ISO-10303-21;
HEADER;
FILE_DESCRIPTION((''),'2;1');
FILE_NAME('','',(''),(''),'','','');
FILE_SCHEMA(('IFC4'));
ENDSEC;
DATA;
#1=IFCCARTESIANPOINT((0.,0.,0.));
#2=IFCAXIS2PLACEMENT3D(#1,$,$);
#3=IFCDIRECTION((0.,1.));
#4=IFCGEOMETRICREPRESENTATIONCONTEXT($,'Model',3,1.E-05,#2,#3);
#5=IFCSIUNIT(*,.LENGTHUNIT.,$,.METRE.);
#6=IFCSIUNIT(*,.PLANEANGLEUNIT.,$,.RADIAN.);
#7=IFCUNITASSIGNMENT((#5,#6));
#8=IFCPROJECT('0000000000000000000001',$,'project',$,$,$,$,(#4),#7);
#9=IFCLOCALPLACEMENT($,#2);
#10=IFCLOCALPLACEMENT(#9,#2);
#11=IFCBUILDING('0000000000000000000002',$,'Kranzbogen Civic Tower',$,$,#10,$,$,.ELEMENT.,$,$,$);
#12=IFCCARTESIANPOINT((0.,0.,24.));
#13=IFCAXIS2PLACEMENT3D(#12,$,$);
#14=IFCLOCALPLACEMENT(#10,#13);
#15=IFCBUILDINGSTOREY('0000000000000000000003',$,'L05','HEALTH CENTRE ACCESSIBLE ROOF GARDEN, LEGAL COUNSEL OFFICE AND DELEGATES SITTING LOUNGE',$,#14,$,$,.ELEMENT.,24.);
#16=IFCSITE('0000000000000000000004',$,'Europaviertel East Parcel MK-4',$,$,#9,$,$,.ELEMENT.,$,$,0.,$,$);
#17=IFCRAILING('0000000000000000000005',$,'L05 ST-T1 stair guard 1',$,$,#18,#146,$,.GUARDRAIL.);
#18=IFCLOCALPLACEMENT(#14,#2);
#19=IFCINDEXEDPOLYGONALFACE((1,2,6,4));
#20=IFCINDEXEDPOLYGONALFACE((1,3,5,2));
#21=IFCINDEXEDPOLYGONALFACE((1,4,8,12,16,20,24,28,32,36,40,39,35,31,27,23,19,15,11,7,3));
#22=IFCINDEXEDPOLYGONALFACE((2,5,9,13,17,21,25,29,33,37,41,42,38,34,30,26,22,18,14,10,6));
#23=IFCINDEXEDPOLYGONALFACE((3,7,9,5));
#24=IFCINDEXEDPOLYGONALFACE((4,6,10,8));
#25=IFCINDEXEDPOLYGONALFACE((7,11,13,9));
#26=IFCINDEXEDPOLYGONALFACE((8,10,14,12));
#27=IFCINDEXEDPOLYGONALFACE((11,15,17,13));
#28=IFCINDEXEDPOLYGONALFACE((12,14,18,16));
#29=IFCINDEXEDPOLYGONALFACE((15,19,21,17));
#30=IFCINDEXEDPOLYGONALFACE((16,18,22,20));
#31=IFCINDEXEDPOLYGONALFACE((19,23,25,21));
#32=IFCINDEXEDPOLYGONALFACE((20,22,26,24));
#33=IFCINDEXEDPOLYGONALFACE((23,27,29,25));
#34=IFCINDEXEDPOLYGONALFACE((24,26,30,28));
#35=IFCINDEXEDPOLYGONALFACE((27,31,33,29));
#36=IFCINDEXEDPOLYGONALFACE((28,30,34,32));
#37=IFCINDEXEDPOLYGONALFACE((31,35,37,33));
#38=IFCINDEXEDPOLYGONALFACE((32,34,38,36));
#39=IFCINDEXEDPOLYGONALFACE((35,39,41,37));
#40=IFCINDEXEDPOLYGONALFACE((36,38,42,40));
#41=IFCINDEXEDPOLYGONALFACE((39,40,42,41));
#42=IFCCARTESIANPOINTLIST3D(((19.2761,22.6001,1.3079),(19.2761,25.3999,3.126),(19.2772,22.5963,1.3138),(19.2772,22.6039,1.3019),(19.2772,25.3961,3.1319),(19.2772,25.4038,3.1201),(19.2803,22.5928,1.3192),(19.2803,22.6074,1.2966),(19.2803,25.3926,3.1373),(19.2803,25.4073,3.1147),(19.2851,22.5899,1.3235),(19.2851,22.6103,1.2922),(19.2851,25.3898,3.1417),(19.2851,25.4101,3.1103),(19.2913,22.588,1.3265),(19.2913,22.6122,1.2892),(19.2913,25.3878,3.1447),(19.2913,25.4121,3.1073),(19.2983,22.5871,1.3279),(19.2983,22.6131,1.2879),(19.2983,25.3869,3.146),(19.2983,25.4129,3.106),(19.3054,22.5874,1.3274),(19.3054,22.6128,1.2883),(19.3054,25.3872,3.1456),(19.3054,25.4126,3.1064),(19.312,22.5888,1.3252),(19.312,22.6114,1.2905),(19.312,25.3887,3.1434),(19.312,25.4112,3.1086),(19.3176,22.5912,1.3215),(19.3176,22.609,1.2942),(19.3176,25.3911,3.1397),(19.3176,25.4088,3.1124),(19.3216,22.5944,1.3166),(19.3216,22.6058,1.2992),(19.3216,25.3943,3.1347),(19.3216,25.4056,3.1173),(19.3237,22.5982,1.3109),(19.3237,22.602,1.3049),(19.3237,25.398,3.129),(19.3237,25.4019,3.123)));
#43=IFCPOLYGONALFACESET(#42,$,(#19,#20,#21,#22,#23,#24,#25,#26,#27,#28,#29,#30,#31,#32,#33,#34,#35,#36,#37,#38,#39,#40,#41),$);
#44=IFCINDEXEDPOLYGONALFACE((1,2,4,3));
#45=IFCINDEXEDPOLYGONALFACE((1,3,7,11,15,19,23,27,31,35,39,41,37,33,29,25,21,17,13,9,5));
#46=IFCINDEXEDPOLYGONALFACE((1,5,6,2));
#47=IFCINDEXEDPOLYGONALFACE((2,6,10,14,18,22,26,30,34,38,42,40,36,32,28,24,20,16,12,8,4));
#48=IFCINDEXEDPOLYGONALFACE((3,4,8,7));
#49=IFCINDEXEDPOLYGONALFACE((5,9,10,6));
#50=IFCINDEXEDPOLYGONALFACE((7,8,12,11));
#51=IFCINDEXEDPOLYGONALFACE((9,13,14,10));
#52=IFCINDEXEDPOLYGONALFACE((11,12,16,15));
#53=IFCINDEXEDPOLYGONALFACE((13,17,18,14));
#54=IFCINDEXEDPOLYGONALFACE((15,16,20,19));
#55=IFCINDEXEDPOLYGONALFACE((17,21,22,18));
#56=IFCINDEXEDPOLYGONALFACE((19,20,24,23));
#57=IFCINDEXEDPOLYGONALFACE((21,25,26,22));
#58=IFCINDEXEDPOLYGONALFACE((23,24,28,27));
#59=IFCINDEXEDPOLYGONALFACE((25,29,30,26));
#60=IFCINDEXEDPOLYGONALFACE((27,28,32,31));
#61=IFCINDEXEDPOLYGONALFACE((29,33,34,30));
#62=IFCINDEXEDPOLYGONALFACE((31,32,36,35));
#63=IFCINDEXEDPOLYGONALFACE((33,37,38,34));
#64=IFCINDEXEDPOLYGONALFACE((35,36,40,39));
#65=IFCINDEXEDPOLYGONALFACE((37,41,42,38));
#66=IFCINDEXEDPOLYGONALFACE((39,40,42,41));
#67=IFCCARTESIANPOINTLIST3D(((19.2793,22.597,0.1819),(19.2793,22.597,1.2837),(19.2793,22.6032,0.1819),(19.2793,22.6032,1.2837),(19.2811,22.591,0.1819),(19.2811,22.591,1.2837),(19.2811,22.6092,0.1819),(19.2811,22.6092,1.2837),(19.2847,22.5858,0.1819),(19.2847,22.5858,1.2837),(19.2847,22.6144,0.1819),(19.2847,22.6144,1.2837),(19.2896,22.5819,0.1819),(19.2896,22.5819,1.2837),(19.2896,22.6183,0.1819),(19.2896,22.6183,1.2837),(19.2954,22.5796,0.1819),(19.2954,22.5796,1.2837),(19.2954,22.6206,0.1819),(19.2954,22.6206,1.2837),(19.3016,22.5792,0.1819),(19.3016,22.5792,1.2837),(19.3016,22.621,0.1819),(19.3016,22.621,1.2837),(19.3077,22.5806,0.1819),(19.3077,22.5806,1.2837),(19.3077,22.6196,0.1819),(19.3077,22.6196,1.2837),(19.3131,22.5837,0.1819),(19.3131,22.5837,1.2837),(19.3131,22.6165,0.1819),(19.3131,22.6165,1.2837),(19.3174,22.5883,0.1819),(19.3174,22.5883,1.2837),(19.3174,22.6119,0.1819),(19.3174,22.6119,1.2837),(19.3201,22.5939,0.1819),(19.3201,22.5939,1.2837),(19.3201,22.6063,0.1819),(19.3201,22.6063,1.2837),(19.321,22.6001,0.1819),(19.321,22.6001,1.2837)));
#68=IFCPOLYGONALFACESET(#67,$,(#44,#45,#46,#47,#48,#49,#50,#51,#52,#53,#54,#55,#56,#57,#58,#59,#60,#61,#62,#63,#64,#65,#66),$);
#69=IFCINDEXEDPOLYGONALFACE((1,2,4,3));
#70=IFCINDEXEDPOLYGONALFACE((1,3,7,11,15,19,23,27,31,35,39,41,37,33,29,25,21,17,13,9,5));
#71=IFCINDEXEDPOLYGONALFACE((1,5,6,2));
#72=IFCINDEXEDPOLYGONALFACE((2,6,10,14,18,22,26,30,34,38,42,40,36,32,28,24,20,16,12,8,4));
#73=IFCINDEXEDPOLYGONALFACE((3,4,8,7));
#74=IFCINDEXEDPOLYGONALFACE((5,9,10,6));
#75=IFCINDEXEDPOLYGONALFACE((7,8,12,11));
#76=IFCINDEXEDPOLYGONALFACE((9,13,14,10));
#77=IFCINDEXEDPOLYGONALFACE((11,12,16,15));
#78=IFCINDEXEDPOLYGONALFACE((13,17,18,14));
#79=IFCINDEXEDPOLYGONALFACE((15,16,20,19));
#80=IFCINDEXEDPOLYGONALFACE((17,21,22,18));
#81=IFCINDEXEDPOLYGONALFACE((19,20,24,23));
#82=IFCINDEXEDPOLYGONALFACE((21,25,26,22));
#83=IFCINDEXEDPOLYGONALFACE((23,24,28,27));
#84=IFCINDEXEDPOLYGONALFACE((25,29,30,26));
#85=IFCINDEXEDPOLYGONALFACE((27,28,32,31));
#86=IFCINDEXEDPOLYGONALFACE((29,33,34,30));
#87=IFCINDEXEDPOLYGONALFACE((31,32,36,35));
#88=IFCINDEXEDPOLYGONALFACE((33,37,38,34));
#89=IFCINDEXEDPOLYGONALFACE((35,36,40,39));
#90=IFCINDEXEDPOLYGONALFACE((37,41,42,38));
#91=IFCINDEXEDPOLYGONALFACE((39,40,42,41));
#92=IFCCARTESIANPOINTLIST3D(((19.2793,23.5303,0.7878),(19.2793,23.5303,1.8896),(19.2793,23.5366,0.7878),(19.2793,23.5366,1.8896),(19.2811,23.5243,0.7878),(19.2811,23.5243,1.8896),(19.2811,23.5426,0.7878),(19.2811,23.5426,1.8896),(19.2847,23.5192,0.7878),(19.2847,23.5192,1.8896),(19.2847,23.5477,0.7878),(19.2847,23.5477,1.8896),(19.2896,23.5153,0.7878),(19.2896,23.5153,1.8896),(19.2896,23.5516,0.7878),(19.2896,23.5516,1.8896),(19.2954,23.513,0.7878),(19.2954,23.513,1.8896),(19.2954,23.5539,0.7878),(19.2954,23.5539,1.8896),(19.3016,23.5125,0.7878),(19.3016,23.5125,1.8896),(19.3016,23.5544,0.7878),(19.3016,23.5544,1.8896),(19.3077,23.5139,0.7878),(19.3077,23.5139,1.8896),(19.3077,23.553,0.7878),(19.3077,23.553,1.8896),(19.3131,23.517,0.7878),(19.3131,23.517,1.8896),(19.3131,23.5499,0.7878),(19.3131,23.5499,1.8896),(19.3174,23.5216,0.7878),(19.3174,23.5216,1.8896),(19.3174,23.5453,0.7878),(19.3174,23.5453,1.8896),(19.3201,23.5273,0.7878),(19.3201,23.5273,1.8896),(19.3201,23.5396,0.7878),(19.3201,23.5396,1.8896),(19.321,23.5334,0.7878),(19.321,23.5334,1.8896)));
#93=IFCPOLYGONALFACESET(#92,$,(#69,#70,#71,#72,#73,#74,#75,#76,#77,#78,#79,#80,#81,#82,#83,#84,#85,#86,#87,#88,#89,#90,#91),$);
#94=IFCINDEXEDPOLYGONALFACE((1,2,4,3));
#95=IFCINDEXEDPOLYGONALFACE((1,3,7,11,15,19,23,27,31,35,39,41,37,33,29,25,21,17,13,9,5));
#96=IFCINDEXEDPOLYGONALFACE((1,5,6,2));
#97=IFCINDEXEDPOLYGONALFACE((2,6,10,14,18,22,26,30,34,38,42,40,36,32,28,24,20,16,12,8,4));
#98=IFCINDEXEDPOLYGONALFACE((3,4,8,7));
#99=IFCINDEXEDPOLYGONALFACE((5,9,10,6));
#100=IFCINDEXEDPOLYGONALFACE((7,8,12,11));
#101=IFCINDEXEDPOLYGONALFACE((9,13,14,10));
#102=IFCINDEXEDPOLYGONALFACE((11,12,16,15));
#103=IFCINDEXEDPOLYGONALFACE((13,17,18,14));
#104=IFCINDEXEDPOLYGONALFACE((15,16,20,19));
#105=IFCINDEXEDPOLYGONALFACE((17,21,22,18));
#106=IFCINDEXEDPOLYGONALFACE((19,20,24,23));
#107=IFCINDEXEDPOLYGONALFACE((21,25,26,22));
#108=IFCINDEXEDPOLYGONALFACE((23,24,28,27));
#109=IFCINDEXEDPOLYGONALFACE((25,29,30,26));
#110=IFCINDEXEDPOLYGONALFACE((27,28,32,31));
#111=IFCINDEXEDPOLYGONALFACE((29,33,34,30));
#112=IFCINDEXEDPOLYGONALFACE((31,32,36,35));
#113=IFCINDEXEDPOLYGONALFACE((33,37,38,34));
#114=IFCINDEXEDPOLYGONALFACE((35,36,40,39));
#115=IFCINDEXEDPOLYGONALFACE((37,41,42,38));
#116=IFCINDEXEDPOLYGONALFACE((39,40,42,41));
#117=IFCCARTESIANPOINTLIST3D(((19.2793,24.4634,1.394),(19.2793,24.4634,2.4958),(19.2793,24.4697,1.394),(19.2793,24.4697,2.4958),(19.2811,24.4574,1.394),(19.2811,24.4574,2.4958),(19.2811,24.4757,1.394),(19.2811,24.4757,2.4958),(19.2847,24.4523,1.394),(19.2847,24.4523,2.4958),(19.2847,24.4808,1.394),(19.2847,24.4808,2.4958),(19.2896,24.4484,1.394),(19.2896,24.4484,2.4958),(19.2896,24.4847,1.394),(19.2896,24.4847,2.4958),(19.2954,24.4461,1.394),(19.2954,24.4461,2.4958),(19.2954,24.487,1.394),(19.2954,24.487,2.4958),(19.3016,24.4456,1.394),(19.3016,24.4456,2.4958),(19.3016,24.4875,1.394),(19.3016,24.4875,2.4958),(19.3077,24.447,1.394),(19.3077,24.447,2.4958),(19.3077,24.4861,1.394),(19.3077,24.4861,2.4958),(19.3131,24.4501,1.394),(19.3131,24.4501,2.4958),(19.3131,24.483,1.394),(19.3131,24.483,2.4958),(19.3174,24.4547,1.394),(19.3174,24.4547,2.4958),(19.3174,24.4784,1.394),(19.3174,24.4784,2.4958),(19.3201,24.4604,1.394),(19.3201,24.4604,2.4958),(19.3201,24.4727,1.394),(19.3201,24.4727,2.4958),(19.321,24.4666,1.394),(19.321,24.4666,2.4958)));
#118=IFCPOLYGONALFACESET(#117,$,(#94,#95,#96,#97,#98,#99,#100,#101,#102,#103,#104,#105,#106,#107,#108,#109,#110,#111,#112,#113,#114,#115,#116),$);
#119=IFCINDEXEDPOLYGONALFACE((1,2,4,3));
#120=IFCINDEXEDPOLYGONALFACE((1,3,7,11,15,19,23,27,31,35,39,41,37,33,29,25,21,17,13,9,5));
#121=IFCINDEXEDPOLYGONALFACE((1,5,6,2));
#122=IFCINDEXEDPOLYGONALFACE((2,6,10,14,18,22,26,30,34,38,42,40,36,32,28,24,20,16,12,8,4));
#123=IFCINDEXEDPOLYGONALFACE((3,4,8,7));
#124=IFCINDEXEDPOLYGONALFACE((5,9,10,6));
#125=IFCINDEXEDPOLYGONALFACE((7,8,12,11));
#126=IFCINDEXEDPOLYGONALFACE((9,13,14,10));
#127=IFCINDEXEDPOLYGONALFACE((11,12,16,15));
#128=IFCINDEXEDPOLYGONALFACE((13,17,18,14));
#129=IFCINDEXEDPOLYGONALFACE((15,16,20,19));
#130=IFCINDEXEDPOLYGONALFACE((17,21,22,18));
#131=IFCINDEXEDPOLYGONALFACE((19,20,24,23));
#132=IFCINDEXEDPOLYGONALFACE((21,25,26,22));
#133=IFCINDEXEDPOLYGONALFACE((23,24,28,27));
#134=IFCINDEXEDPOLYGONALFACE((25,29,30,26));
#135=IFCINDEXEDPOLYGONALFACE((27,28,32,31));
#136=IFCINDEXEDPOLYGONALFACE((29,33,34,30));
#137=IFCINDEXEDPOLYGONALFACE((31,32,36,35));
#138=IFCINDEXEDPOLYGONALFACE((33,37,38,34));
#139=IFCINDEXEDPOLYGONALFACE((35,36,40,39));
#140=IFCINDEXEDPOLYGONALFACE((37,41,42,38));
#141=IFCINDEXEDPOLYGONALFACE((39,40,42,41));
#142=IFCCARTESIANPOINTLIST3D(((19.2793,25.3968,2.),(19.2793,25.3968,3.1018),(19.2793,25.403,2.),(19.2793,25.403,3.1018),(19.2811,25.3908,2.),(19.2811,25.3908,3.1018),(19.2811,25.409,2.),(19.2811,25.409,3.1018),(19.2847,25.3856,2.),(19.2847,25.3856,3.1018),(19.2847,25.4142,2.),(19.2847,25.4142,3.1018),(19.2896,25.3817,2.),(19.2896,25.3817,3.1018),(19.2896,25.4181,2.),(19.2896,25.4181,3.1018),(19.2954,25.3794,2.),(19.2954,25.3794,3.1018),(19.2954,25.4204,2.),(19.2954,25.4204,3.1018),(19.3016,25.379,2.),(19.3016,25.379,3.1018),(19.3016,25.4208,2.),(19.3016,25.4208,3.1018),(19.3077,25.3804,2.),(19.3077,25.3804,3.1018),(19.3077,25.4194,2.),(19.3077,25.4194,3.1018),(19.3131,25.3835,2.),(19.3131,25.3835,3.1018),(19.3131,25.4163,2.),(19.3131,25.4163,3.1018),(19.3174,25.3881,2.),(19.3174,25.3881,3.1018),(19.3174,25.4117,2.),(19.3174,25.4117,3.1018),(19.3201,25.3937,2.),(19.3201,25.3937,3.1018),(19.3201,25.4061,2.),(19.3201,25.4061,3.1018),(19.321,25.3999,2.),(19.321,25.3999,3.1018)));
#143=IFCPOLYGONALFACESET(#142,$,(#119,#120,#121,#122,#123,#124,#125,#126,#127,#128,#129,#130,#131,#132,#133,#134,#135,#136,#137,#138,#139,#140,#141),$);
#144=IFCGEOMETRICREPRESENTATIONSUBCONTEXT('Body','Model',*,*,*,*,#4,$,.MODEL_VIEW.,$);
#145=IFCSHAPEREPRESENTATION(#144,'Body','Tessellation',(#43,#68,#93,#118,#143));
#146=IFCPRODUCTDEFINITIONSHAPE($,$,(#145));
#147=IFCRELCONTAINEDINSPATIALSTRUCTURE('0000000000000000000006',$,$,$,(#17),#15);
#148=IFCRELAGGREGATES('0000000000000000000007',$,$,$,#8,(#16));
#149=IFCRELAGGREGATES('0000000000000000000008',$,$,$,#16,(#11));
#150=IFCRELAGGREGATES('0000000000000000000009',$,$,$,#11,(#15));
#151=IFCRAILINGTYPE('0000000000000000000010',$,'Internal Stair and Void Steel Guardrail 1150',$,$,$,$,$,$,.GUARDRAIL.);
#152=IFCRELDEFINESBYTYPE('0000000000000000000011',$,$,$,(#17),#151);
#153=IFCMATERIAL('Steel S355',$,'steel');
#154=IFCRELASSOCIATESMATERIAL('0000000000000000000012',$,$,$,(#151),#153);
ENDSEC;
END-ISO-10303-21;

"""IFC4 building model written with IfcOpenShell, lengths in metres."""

from ifc_helpers import new_model, si_unit, direction, frame, origin, origin_2d, place, context, subcontext, project, spatial, circle, extrude, material, type_object, element, save


model = new_model("IFC4")

# Units and contexts
model_context = context("Model", 3, precision=1e-05, world=origin(), true_north=direction((0.0, 1.0)))
body_context = subcontext(model_context, "Body", "Model", "MODEL_VIEW")
ifc_project = project(units=[si_unit("LENGTHUNIT", "METRE"), si_unit("PLANEANGLEUNIT", "RADIAN")], contexts=[model_context])

# Site, building, storey
site_placement = place(None, origin())
site = spatial("IfcSite", under=ifc_project, at=site_placement, Name="Europaviertel East Parcel MK-4", CompositionType="ELEMENT", RefElevation=0.0)
building_placement = place(site_placement, origin())
building = spatial("IfcBuilding", under=site, at=building_placement, Name="Kranzbogen Civic Tower", CompositionType="ELEMENT")
storey_placement = place(building_placement, frame((0.0, 0.0, 24.0)))
storey = spatial("IfcBuildingStorey", under=building, at=storey_placement, Name="L05", Description="HEALTH CENTRE ACCESSIBLE ROOF GARDEN, LEGAL COUNSEL OFFICE AND DELEGATES SITTING LOUNGE", CompositionType="ELEMENT", Elevation=24.0)

# Shared definitions
ifc_material_1 = material(Name="Steel S355", Category="steel")

# Railing
railing_type_1 = type_object("IfcRailingType", Name="Internal Stair and Void Steel Guardrail 1150", PredefinedType="GUARDRAIL", material=ifc_material_1)
railing_1_placement = place(storey_placement, frame((19.3, 22.6001, 0.1819)))
element("IfcRailing", 1, at=railing_1_placement, inside=storey, type_object=railing_type_1, Name="L05 ST-T1 stair guard 1", PredefinedType="GUARDRAIL", context=body_context, shape_type="SweptSolid", body=[
    extrude(circle(Radius=0.0239, at=origin_2d()), frame((0.0, 0.0, 1.126), z_axis=(0.0, 0.838684, 0.544618), x_axis=(-1.0, 0.0, 0.0)), (0.0, 0.0, 1.0), 3.3384),
    extrude(circle(Radius=0.021, at=origin_2d()), origin(), (0.0, 0.0, 1.0), 1.1018),
    extrude(circle(Radius=0.021, at=origin_2d()), frame((0.0, 0.9333, 0.606)), (0.0, 0.0, 1.0), 1.1018),
    extrude(circle(Radius=0.021, at=origin_2d()), frame((0.0, 1.8665, 1.2122)), (0.0, 0.0, 1.0), 1.1018),
    extrude(circle(Radius=0.021, at=origin_2d()), frame((0.0, 2.7998, 1.8181)), (0.0, 0.0, 1.0), 1.1018),
])

save(model, "model.ifc")
